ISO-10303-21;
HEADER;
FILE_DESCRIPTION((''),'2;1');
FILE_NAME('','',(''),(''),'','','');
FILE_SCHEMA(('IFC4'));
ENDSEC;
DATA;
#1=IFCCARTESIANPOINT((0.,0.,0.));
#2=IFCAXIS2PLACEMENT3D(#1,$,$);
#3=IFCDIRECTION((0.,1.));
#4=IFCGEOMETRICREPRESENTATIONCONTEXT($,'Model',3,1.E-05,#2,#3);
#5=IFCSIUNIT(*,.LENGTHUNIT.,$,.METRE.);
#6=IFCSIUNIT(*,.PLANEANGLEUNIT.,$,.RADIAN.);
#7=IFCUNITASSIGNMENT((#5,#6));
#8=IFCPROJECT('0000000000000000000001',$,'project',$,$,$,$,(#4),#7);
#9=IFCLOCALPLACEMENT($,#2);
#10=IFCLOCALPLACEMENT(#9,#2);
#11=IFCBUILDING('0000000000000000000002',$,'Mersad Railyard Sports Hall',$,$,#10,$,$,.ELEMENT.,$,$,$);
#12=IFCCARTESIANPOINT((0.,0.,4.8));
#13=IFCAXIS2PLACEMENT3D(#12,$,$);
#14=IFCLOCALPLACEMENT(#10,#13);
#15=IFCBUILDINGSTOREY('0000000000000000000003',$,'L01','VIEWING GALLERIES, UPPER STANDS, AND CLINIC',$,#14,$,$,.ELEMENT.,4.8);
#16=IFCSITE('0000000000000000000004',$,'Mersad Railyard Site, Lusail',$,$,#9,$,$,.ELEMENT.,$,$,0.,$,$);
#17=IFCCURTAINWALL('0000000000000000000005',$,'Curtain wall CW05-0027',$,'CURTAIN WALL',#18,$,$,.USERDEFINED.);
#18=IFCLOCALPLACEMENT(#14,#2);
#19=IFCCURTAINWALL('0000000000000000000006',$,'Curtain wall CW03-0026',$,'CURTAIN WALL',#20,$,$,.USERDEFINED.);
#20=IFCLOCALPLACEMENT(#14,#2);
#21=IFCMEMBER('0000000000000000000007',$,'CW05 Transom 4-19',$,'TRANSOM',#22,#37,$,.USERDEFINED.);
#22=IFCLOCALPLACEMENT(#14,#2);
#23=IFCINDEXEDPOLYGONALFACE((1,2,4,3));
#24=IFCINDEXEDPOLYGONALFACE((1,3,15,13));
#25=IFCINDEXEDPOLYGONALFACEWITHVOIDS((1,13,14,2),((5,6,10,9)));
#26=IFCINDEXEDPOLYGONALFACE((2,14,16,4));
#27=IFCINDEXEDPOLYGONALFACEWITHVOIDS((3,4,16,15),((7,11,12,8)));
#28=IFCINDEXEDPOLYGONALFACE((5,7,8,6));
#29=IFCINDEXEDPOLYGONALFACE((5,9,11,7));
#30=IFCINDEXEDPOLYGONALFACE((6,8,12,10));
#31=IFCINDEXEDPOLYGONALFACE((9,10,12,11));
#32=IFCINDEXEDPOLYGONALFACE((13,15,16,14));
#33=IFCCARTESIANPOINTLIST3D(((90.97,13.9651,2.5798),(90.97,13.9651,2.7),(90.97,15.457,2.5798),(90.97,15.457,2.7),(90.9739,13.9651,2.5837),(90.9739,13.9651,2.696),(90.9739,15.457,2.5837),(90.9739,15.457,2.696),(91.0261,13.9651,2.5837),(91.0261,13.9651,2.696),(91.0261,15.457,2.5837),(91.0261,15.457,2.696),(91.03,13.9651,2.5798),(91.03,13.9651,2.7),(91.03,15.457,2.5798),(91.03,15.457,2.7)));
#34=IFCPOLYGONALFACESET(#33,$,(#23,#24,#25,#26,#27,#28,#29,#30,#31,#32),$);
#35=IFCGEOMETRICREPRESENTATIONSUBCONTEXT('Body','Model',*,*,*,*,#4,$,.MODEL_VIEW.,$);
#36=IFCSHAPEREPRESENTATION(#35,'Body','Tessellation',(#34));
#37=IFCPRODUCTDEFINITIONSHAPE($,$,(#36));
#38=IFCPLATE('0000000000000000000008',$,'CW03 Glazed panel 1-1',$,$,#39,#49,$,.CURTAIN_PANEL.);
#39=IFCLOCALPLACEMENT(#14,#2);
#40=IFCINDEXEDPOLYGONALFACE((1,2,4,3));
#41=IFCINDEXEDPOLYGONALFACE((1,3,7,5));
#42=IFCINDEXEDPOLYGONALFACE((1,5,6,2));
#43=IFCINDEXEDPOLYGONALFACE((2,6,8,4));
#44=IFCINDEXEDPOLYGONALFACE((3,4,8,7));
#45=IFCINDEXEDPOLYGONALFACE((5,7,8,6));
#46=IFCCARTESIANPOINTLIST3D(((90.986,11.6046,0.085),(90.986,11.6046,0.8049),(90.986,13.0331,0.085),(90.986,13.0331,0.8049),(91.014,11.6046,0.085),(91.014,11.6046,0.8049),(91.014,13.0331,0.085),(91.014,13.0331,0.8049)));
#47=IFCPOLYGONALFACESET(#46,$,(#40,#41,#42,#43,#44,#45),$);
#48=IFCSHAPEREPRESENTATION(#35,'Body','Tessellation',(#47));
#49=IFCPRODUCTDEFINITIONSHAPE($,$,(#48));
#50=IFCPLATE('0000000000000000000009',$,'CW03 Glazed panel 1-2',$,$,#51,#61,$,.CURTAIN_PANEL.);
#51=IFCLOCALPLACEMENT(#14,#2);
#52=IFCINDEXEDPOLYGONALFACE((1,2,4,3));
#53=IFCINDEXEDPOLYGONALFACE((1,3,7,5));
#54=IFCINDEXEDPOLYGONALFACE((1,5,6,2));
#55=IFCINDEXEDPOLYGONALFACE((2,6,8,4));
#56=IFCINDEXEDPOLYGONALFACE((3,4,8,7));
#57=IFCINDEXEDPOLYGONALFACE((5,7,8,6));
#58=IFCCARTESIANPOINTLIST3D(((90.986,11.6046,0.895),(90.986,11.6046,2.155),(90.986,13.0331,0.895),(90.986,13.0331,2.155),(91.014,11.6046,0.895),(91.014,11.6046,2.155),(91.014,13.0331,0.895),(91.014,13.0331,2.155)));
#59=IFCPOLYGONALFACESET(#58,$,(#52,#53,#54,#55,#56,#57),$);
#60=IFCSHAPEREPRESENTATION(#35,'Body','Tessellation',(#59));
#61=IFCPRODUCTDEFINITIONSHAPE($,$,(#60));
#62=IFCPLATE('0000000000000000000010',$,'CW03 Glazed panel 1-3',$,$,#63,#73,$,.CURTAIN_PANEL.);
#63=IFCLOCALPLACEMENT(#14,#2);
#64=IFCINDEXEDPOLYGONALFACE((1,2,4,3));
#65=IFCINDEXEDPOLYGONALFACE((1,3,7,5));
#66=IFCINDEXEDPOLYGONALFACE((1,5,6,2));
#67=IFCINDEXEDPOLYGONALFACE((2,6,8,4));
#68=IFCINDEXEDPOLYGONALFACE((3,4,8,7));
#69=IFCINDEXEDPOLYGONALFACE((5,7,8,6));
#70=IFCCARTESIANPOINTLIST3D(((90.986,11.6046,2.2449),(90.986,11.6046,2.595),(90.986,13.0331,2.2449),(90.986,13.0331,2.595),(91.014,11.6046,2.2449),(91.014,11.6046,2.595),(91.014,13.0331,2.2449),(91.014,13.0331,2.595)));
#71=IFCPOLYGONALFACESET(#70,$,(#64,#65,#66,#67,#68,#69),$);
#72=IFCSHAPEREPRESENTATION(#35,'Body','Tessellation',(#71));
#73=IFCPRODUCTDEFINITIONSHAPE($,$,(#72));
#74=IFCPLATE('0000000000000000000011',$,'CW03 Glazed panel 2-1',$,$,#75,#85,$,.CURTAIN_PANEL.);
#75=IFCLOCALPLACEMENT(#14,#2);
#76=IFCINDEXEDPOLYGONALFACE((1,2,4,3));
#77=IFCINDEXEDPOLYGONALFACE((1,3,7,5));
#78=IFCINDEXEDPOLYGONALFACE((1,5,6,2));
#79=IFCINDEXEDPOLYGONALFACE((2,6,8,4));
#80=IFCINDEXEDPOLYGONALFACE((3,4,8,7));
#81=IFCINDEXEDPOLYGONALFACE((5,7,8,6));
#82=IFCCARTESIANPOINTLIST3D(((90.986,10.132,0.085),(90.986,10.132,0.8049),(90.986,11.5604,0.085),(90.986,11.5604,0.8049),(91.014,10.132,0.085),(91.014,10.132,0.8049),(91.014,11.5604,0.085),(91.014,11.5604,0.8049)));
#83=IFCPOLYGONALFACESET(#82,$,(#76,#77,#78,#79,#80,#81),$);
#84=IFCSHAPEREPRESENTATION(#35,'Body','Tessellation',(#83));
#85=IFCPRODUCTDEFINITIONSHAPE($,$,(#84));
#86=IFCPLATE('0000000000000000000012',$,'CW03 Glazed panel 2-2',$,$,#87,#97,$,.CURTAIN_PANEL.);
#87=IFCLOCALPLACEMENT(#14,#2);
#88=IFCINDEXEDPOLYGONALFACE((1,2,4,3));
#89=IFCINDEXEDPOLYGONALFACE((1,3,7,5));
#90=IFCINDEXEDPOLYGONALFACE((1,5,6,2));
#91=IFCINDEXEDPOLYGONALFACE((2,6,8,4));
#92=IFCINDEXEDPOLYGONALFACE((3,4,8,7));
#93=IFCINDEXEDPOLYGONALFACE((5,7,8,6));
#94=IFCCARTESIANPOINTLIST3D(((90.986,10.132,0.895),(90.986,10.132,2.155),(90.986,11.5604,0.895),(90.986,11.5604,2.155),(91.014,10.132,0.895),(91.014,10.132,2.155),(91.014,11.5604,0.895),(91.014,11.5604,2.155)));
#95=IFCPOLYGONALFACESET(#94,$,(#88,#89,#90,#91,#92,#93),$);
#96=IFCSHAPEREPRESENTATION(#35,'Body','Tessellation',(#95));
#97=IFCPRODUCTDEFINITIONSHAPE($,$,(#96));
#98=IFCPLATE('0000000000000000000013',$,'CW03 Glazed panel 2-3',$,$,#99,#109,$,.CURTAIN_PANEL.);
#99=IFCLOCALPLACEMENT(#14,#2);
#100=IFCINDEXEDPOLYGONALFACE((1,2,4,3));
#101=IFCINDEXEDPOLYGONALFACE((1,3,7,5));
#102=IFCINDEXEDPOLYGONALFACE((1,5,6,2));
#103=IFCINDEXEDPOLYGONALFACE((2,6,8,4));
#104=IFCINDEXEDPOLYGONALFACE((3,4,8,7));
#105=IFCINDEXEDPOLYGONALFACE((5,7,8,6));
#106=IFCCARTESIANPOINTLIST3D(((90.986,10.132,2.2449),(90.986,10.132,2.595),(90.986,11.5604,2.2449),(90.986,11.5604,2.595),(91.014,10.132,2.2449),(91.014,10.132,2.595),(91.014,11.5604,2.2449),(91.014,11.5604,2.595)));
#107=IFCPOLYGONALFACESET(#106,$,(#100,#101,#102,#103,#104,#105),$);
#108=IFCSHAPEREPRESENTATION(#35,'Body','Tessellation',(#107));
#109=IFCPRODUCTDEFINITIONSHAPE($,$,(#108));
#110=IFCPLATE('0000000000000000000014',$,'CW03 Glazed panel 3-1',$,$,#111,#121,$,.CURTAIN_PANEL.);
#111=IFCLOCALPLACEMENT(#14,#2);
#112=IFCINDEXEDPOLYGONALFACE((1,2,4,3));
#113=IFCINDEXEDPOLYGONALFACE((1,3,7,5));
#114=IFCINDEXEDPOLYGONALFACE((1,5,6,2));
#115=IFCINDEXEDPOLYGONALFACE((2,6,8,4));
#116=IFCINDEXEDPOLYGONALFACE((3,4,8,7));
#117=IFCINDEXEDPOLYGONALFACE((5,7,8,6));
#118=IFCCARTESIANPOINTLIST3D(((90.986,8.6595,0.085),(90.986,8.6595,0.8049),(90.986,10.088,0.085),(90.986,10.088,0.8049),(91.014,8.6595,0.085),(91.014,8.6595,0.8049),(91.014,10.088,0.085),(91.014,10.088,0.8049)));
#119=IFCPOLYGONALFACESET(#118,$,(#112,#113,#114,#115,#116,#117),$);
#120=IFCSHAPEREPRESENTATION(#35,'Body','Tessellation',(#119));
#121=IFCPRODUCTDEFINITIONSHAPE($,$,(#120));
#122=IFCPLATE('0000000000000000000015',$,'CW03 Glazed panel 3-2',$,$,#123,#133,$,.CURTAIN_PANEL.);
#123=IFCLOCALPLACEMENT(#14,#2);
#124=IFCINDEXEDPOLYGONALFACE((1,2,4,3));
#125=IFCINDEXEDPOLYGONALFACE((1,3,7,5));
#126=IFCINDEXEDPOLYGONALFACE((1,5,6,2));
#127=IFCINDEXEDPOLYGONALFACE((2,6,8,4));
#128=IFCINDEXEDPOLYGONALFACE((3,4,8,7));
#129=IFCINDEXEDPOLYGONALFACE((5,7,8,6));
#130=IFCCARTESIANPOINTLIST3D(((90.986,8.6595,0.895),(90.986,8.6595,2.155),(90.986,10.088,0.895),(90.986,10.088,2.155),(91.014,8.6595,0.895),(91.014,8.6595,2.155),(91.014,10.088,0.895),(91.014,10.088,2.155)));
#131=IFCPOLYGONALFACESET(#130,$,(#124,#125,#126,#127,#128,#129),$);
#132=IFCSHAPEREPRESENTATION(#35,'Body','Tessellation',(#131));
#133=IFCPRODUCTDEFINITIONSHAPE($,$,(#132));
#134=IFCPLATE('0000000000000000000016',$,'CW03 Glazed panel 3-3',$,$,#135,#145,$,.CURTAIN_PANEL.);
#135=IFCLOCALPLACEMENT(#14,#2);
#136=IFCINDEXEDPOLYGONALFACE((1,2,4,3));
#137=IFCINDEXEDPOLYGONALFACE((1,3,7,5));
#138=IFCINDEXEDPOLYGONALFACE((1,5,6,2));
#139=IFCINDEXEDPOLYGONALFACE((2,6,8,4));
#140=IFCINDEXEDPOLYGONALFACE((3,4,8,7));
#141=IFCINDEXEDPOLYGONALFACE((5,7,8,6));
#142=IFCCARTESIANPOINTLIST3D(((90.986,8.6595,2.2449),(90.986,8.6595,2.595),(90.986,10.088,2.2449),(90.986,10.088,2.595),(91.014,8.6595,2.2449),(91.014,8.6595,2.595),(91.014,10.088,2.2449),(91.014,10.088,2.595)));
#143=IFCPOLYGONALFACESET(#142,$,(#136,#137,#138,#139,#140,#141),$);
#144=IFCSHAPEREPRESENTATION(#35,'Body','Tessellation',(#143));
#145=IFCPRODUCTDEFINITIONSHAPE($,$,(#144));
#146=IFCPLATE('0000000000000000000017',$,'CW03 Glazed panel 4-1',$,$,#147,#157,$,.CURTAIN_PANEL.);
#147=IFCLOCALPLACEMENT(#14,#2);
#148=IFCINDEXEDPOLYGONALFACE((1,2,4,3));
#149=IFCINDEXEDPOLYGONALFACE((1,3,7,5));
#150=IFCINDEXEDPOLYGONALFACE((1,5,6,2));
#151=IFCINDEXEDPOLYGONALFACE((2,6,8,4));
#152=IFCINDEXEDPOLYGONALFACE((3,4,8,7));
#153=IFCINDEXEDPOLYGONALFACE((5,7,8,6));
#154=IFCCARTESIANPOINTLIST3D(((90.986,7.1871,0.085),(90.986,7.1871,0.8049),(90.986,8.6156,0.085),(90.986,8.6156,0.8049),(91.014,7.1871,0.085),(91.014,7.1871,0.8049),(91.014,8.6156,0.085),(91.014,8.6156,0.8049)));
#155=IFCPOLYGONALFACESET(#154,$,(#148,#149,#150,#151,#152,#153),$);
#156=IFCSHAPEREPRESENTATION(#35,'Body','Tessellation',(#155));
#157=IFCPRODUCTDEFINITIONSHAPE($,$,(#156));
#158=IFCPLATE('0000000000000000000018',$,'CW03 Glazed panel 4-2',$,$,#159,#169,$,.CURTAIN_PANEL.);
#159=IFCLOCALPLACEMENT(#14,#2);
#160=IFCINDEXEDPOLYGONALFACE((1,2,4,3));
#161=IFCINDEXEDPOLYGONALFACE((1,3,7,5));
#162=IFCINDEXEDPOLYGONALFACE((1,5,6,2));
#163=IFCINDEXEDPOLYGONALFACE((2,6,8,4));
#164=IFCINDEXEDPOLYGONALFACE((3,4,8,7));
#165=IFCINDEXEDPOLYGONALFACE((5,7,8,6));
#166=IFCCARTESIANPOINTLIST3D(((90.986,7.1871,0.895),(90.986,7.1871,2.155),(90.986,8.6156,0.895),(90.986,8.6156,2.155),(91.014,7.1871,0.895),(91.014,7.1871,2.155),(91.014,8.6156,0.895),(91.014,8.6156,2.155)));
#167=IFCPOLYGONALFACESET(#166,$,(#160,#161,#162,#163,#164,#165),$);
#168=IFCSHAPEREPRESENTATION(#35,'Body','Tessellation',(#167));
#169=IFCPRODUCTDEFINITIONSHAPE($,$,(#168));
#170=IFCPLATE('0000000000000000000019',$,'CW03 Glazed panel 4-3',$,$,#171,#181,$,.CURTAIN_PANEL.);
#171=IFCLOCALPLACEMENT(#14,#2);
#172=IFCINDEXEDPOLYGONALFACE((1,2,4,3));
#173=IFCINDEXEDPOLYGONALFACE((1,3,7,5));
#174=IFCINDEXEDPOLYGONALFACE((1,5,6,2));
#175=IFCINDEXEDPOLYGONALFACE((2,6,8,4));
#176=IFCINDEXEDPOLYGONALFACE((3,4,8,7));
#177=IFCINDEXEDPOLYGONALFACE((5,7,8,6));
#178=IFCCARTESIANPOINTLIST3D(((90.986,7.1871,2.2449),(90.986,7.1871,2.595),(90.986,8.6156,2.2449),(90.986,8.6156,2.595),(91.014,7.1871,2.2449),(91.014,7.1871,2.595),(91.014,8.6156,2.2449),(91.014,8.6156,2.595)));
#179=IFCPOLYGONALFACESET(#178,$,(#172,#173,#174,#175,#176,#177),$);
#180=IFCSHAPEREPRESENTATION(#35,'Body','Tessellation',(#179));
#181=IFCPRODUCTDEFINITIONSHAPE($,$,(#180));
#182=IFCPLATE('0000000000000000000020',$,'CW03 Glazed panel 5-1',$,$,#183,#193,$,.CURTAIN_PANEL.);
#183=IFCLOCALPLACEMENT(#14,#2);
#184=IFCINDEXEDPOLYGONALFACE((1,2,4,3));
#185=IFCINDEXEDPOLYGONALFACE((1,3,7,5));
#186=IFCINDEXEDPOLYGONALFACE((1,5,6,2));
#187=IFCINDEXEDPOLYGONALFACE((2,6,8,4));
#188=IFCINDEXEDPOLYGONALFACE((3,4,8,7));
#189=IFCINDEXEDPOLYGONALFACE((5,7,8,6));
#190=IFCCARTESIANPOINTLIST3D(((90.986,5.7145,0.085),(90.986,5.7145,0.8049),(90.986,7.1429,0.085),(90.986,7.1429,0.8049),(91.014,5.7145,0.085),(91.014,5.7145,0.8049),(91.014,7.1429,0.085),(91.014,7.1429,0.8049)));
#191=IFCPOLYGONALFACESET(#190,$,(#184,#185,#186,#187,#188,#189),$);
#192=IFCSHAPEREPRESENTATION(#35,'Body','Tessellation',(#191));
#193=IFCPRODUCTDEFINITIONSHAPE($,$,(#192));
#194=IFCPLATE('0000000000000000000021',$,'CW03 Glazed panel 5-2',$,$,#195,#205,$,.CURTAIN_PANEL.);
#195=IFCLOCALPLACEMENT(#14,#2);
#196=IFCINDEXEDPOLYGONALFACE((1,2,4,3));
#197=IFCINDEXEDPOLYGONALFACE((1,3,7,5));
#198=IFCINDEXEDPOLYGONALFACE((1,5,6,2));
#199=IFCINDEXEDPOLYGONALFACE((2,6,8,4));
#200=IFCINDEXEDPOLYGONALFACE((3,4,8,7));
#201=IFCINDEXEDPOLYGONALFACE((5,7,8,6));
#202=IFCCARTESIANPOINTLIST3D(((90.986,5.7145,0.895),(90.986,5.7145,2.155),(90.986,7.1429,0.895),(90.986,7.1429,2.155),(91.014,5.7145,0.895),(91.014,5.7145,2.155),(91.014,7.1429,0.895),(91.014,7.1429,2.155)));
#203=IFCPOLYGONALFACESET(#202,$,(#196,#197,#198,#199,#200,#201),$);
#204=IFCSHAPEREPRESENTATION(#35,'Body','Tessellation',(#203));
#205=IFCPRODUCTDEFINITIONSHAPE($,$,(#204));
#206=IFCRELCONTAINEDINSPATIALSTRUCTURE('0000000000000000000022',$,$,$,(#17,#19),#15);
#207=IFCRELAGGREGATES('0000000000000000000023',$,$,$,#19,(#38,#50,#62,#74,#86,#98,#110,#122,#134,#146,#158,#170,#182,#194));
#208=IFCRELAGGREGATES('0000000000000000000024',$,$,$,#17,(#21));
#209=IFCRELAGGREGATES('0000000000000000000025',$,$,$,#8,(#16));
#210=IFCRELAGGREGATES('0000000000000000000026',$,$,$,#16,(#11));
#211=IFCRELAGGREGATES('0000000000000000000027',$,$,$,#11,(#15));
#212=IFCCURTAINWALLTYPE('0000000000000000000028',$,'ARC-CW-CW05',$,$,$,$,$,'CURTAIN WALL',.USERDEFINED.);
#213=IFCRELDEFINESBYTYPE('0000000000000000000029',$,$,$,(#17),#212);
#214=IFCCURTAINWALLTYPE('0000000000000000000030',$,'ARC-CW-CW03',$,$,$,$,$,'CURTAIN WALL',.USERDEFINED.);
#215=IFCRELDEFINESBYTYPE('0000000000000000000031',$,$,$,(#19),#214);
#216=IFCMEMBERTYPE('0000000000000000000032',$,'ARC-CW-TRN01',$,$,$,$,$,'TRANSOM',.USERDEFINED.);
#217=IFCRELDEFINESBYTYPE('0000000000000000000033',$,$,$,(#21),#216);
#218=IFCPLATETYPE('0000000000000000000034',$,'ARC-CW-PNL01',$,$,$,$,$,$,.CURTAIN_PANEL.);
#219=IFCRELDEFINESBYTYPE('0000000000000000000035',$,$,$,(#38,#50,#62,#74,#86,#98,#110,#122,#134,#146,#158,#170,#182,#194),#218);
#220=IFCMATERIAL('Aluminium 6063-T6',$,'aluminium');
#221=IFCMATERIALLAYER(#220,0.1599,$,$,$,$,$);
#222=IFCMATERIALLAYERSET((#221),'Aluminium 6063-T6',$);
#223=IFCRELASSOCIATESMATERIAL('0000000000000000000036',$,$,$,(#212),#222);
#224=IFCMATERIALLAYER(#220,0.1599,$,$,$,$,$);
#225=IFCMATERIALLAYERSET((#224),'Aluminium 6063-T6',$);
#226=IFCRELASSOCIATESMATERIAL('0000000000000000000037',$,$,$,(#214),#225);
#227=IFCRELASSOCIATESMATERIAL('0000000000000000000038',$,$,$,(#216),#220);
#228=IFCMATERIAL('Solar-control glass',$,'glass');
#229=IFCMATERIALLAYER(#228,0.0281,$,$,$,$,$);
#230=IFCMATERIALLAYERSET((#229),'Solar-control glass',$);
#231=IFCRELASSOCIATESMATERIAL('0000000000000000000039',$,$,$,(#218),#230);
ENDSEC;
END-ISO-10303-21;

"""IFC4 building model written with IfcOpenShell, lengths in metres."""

from ifc_helpers import new_model, si_unit, direction, frame, origin, origin_2d, place, context, subcontext, project, spatial, rectangle, hollow_rectangle, extrude, material, layer, layer_set, material_profile, profile_set, type_object, element, aggregate, save


model = new_model("IFC4")

# Units and contexts
model_context = context("Model", 3, precision=1e-05, world=origin(), true_north=direction((0.0, 1.0)))
body_context = subcontext(model_context, "Body", "Model", "MODEL_VIEW")
ifc_project = project(units=[si_unit("LENGTHUNIT", "METRE"), si_unit("PLANEANGLEUNIT", "RADIAN")], contexts=[model_context])

# Site, building, storey
site_placement = place(None, origin())
site = spatial("IfcSite", under=ifc_project, at=site_placement, Name="Mersad Railyard Site, Lusail", CompositionType="ELEMENT", RefElevation=0.0)
building_placement = place(site_placement, origin())
building = spatial("IfcBuilding", under=site, at=building_placement, Name="Mersad Railyard Sports Hall", CompositionType="ELEMENT")
storey_placement = place(building_placement, frame((0.0, 0.0, 4.8)))
storey = spatial("IfcBuildingStorey", under=building, at=storey_placement, Name="L01", Description="VIEWING GALLERIES, UPPER STANDS, AND CLINIC", CompositionType="ELEMENT", Elevation=4.8)

# Curtain walls
ifc_material_1 = material(Name="Aluminium 6063-T6", Category="aluminium")
ifc_layer_1 = layer(ifc_material_1, 0.1599)
ifc_layer_set_1 = layer_set([ifc_layer_1], Name="Aluminium 6063-T6")
curtain_wall_type_1 = type_object("IfcCurtainWallType", Name="ARC-CW-CW05", ElementType="CURTAIN WALL", PredefinedType="USERDEFINED", material=ifc_layer_set_1)
curtain_wall_1_placement = place(storey_placement, origin())
curtain_wall_1 = element("IfcCurtainWall", 1, at=curtain_wall_1_placement, inside=storey, type_object=curtain_wall_type_1, Name="Curtain wall CW05-0027", ObjectType="CURTAIN WALL", PredefinedType="USERDEFINED")
ifc_layer_2 = layer(ifc_material_1, 0.1599)
ifc_layer_set_2 = layer_set([ifc_layer_2], Name="Aluminium 6063-T6")
curtain_wall_type_2 = type_object("IfcCurtainWallType", Name="ARC-CW-CW03", ElementType="CURTAIN WALL", PredefinedType="USERDEFINED", material=ifc_layer_set_2)
curtain_wall_2_placement = place(storey_placement, origin())
curtain_wall_2 = element("IfcCurtainWall", 2, at=curtain_wall_2_placement, inside=storey, type_object=curtain_wall_type_2, Name="Curtain wall CW03-0026", ObjectType="CURTAIN WALL", PredefinedType="USERDEFINED")
ifc_material_profile_1 = material_profile(ifc_material_1, hollow_rectangle(XDim=0.0601, YDim=0.1201, WallThickness=0.0039, at=origin_2d()), Name="AL TRANSOM 60x120x4")
ifc_profile_set_1 = profile_set([ifc_material_profile_1], Name="Aluminium 6063-T6")
member_type_1 = type_object("IfcMemberType", Name="ARC-CW-TRN01", ElementType="TRANSOM", PredefinedType="USERDEFINED", material=ifc_profile_set_1)

# Member
member_1_placement = place(storey_placement, frame((91.0, 15.457, 2.6399), z_axis=(0.0, -1.0, 0.0), x_axis=(1.0, 0.0, 0.0)))
member_1 = element("IfcMember", 3, at=member_1_placement, type_object=member_type_1, Name="CW05 Transom 4-19", ObjectType="TRANSOM", PredefinedType="USERDEFINED", context=body_context, shape_type="SweptSolid", body=[
    extrude(hollow_rectangle(XDim=0.0601, YDim=0.1201, WallThickness=0.0039, at=origin_2d()), origin(), (0.0, 0.0, 1.0), 1.4919),
])

# Plates
ifc_material_2 = material(Name="Solar-control glass", Category="glass")
ifc_layer_3 = layer(ifc_material_2, 0.0281)
ifc_layer_set_3 = layer_set([ifc_layer_3], Name="Solar-control glass")
plate_type = type_object("IfcPlateType", Name="ARC-CW-PNL01", PredefinedType="CURTAIN_PANEL", material=ifc_layer_set_3)
plate_1_placement = place(storey_placement, frame((91.0, 12.3188, 0.085), z_axis=(0.0, 0.0, 1.0), x_axis=(0.0, -1.0, 0.0)))
plate_1 = element("IfcPlate", 4, at=plate_1_placement, type_object=plate_type, Name="CW03 Glazed panel 1-1", PredefinedType="CURTAIN_PANEL", context=body_context, shape_type="SweptSolid", body=[
    extrude(rectangle(XDim=1.4285, YDim=0.0281, at=origin_2d()), origin(), (0.0, 0.0, 1.0), 0.72),
])
plate_2_placement = place(storey_placement, frame((91.0, 12.3188, 0.895), z_axis=(0.0, 0.0, 1.0), x_axis=(0.0, -1.0, 0.0)))
plate_2 = element("IfcPlate", 5, at=plate_2_placement, type_object=plate_type, Name="CW03 Glazed panel 1-2", PredefinedType="CURTAIN_PANEL", context=body_context, shape_type="SweptSolid", body=[
    extrude(rectangle(XDim=1.4285, YDim=0.0281, at=origin_2d()), origin(), (0.0, 0.0, 1.0), 1.26),
])
plate_3_placement = place(storey_placement, frame((91.0, 12.3188, 2.2449), z_axis=(0.0, 0.0, 1.0), x_axis=(0.0, -1.0, 0.0)))
plate_3 = element("IfcPlate", 6, at=plate_3_placement, type_object=plate_type, Name="CW03 Glazed panel 1-3", PredefinedType="CURTAIN_PANEL", context=body_context, shape_type="SweptSolid", body=[
    extrude(rectangle(XDim=1.4285, YDim=0.0281, at=origin_2d()), origin(), (0.0, 0.0, 1.0), 0.3501),
])
plate_4_placement = place(storey_placement, frame((91.0, 10.8462, 0.085), z_axis=(0.0, 0.0, 1.0), x_axis=(0.0, -1.0, 0.0)))
plate_4 = element("IfcPlate", 7, at=plate_4_placement, type_object=plate_type, Name="CW03 Glazed panel 2-1", PredefinedType="CURTAIN_PANEL", context=body_context, shape_type="SweptSolid", body=[
    extrude(rectangle(XDim=1.4285, YDim=0.0281, at=origin_2d()), origin(), (0.0, 0.0, 1.0), 0.72),
])
plate_5_placement = place(storey_placement, frame((91.0, 10.8462, 0.895), z_axis=(0.0, 0.0, 1.0), x_axis=(0.0, -1.0, 0.0)))
plate_5 = element("IfcPlate", 8, at=plate_5_placement, type_object=plate_type, Name="CW03 Glazed panel 2-2", PredefinedType="CURTAIN_PANEL", context=body_context, shape_type="SweptSolid", body=[
    extrude(rectangle(XDim=1.4285, YDim=0.0281, at=origin_2d()), origin(), (0.0, 0.0, 1.0), 1.26),
])
plate_6_placement = place(storey_placement, frame((91.0, 10.8462, 2.2449), z_axis=(0.0, 0.0, 1.0), x_axis=(0.0, -1.0, 0.0)))
plate_6 = element("IfcPlate", 9, at=plate_6_placement, type_object=plate_type, Name="CW03 Glazed panel 2-3", PredefinedType="CURTAIN_PANEL", context=body_context, shape_type="SweptSolid", body=[
    extrude(rectangle(XDim=1.4285, YDim=0.0281, at=origin_2d()), origin(), (0.0, 0.0, 1.0), 0.3501),
])
plate_7_placement = place(storey_placement, frame((91.0, 9.3738, 0.085), z_axis=(0.0, 0.0, 1.0), x_axis=(0.0, -1.0, 0.0)))
plate_7 = element("IfcPlate", 10, at=plate_7_placement, type_object=plate_type, Name="CW03 Glazed panel 3-1", PredefinedType="CURTAIN_PANEL", context=body_context, shape_type="SweptSolid", body=[
    extrude(rectangle(XDim=1.4285, YDim=0.0281, at=origin_2d()), origin(), (0.0, 0.0, 1.0), 0.72),
])
plate_8_placement = place(storey_placement, frame((91.0, 9.3738, 0.895), z_axis=(0.0, 0.0, 1.0), x_axis=(0.0, -1.0, 0.0)))
plate_8 = element("IfcPlate", 11, at=plate_8_placement, type_object=plate_type, Name="CW03 Glazed panel 3-2", PredefinedType="CURTAIN_PANEL", context=body_context, shape_type="SweptSolid", body=[
    extrude(rectangle(XDim=1.4285, YDim=0.0281, at=origin_2d()), origin(), (0.0, 0.0, 1.0), 1.26),
])
plate_9_placement = place(storey_placement, frame((91.0, 9.3738, 2.2449), z_axis=(0.0, 0.0, 1.0), x_axis=(0.0, -1.0, 0.0)))
plate_9 = element("IfcPlate", 12, at=plate_9_placement, type_object=plate_type, Name="CW03 Glazed panel 3-3", PredefinedType="CURTAIN_PANEL", context=body_context, shape_type="SweptSolid", body=[
    extrude(rectangle(XDim=1.4285, YDim=0.0281, at=origin_2d()), origin(), (0.0, 0.0, 1.0), 0.3501),
])
plate_10_placement = place(storey_placement, frame((91.0, 7.9014, 0.085), z_axis=(0.0, 0.0, 1.0), x_axis=(0.0, -1.0, 0.0)))
plate_10 = element("IfcPlate", 13, at=plate_10_placement, type_object=plate_type, Name="CW03 Glazed panel 4-1", PredefinedType="CURTAIN_PANEL", context=body_context, shape_type="SweptSolid", body=[
    extrude(rectangle(XDim=1.4285, YDim=0.0281, at=origin_2d()), origin(), (0.0, 0.0, 1.0), 0.72),
])
plate_11_placement = place(storey_placement, frame((91.0, 7.9014, 0.895), z_axis=(0.0, 0.0, 1.0), x_axis=(0.0, -1.0, 0.0)))
plate_11 = element("IfcPlate", 14, at=plate_11_placement, type_object=plate_type, Name="CW03 Glazed panel 4-2", PredefinedType="CURTAIN_PANEL", context=body_context, shape_type="SweptSolid", body=[
    extrude(rectangle(XDim=1.4285, YDim=0.0281, at=origin_2d()), origin(), (0.0, 0.0, 1.0), 1.26),
])
plate_12_placement = place(storey_placement, frame((91.0, 7.9014, 2.2449), z_axis=(0.0, 0.0, 1.0), x_axis=(0.0, -1.0, 0.0)))
plate_12 = element("IfcPlate", 15, at=plate_12_placement, type_object=plate_type, Name="CW03 Glazed panel 4-3", PredefinedType="CURTAIN_PANEL", context=body_context, shape_type="SweptSolid", body=[
    extrude(rectangle(XDim=1.4285, YDim=0.0281, at=origin_2d()), origin(), (0.0, 0.0, 1.0), 0.3501),
])
plate_13_placement = place(storey_placement, frame((91.0, 6.4287, 0.085), z_axis=(0.0, 0.0, 1.0), x_axis=(0.0, -1.0, 0.0)))
plate_13 = element("IfcPlate", 16, at=plate_13_placement, type_object=plate_type, Name="CW03 Glazed panel 5-1", PredefinedType="CURTAIN_PANEL", context=body_context, shape_type="SweptSolid", body=[
    extrude(rectangle(XDim=1.4285, YDim=0.0281, at=origin_2d()), origin(), (0.0, 0.0, 1.0), 0.72),
])
plate_14_placement = place(storey_placement, frame((91.0, 6.4287, 0.895), z_axis=(0.0, 0.0, 1.0), x_axis=(0.0, -1.0, 0.0)))
plate_14 = element("IfcPlate", 17, at=plate_14_placement, type_object=plate_type, Name="CW03 Glazed panel 5-2", PredefinedType="CURTAIN_PANEL", context=body_context, shape_type="SweptSolid", body=[
    extrude(rectangle(XDim=1.4285, YDim=0.0281, at=origin_2d()), origin(), (0.0, 0.0, 1.0), 1.26),
])
aggregate(curtain_wall_2, [plate_1, plate_2, plate_3, plate_4, plate_5, plate_6, plate_7, plate_8, plate_9, plate_10, plate_11, plate_12, plate_13, plate_14])
aggregate(curtain_wall_1, [member_1])

save(model, "model.ifc")
